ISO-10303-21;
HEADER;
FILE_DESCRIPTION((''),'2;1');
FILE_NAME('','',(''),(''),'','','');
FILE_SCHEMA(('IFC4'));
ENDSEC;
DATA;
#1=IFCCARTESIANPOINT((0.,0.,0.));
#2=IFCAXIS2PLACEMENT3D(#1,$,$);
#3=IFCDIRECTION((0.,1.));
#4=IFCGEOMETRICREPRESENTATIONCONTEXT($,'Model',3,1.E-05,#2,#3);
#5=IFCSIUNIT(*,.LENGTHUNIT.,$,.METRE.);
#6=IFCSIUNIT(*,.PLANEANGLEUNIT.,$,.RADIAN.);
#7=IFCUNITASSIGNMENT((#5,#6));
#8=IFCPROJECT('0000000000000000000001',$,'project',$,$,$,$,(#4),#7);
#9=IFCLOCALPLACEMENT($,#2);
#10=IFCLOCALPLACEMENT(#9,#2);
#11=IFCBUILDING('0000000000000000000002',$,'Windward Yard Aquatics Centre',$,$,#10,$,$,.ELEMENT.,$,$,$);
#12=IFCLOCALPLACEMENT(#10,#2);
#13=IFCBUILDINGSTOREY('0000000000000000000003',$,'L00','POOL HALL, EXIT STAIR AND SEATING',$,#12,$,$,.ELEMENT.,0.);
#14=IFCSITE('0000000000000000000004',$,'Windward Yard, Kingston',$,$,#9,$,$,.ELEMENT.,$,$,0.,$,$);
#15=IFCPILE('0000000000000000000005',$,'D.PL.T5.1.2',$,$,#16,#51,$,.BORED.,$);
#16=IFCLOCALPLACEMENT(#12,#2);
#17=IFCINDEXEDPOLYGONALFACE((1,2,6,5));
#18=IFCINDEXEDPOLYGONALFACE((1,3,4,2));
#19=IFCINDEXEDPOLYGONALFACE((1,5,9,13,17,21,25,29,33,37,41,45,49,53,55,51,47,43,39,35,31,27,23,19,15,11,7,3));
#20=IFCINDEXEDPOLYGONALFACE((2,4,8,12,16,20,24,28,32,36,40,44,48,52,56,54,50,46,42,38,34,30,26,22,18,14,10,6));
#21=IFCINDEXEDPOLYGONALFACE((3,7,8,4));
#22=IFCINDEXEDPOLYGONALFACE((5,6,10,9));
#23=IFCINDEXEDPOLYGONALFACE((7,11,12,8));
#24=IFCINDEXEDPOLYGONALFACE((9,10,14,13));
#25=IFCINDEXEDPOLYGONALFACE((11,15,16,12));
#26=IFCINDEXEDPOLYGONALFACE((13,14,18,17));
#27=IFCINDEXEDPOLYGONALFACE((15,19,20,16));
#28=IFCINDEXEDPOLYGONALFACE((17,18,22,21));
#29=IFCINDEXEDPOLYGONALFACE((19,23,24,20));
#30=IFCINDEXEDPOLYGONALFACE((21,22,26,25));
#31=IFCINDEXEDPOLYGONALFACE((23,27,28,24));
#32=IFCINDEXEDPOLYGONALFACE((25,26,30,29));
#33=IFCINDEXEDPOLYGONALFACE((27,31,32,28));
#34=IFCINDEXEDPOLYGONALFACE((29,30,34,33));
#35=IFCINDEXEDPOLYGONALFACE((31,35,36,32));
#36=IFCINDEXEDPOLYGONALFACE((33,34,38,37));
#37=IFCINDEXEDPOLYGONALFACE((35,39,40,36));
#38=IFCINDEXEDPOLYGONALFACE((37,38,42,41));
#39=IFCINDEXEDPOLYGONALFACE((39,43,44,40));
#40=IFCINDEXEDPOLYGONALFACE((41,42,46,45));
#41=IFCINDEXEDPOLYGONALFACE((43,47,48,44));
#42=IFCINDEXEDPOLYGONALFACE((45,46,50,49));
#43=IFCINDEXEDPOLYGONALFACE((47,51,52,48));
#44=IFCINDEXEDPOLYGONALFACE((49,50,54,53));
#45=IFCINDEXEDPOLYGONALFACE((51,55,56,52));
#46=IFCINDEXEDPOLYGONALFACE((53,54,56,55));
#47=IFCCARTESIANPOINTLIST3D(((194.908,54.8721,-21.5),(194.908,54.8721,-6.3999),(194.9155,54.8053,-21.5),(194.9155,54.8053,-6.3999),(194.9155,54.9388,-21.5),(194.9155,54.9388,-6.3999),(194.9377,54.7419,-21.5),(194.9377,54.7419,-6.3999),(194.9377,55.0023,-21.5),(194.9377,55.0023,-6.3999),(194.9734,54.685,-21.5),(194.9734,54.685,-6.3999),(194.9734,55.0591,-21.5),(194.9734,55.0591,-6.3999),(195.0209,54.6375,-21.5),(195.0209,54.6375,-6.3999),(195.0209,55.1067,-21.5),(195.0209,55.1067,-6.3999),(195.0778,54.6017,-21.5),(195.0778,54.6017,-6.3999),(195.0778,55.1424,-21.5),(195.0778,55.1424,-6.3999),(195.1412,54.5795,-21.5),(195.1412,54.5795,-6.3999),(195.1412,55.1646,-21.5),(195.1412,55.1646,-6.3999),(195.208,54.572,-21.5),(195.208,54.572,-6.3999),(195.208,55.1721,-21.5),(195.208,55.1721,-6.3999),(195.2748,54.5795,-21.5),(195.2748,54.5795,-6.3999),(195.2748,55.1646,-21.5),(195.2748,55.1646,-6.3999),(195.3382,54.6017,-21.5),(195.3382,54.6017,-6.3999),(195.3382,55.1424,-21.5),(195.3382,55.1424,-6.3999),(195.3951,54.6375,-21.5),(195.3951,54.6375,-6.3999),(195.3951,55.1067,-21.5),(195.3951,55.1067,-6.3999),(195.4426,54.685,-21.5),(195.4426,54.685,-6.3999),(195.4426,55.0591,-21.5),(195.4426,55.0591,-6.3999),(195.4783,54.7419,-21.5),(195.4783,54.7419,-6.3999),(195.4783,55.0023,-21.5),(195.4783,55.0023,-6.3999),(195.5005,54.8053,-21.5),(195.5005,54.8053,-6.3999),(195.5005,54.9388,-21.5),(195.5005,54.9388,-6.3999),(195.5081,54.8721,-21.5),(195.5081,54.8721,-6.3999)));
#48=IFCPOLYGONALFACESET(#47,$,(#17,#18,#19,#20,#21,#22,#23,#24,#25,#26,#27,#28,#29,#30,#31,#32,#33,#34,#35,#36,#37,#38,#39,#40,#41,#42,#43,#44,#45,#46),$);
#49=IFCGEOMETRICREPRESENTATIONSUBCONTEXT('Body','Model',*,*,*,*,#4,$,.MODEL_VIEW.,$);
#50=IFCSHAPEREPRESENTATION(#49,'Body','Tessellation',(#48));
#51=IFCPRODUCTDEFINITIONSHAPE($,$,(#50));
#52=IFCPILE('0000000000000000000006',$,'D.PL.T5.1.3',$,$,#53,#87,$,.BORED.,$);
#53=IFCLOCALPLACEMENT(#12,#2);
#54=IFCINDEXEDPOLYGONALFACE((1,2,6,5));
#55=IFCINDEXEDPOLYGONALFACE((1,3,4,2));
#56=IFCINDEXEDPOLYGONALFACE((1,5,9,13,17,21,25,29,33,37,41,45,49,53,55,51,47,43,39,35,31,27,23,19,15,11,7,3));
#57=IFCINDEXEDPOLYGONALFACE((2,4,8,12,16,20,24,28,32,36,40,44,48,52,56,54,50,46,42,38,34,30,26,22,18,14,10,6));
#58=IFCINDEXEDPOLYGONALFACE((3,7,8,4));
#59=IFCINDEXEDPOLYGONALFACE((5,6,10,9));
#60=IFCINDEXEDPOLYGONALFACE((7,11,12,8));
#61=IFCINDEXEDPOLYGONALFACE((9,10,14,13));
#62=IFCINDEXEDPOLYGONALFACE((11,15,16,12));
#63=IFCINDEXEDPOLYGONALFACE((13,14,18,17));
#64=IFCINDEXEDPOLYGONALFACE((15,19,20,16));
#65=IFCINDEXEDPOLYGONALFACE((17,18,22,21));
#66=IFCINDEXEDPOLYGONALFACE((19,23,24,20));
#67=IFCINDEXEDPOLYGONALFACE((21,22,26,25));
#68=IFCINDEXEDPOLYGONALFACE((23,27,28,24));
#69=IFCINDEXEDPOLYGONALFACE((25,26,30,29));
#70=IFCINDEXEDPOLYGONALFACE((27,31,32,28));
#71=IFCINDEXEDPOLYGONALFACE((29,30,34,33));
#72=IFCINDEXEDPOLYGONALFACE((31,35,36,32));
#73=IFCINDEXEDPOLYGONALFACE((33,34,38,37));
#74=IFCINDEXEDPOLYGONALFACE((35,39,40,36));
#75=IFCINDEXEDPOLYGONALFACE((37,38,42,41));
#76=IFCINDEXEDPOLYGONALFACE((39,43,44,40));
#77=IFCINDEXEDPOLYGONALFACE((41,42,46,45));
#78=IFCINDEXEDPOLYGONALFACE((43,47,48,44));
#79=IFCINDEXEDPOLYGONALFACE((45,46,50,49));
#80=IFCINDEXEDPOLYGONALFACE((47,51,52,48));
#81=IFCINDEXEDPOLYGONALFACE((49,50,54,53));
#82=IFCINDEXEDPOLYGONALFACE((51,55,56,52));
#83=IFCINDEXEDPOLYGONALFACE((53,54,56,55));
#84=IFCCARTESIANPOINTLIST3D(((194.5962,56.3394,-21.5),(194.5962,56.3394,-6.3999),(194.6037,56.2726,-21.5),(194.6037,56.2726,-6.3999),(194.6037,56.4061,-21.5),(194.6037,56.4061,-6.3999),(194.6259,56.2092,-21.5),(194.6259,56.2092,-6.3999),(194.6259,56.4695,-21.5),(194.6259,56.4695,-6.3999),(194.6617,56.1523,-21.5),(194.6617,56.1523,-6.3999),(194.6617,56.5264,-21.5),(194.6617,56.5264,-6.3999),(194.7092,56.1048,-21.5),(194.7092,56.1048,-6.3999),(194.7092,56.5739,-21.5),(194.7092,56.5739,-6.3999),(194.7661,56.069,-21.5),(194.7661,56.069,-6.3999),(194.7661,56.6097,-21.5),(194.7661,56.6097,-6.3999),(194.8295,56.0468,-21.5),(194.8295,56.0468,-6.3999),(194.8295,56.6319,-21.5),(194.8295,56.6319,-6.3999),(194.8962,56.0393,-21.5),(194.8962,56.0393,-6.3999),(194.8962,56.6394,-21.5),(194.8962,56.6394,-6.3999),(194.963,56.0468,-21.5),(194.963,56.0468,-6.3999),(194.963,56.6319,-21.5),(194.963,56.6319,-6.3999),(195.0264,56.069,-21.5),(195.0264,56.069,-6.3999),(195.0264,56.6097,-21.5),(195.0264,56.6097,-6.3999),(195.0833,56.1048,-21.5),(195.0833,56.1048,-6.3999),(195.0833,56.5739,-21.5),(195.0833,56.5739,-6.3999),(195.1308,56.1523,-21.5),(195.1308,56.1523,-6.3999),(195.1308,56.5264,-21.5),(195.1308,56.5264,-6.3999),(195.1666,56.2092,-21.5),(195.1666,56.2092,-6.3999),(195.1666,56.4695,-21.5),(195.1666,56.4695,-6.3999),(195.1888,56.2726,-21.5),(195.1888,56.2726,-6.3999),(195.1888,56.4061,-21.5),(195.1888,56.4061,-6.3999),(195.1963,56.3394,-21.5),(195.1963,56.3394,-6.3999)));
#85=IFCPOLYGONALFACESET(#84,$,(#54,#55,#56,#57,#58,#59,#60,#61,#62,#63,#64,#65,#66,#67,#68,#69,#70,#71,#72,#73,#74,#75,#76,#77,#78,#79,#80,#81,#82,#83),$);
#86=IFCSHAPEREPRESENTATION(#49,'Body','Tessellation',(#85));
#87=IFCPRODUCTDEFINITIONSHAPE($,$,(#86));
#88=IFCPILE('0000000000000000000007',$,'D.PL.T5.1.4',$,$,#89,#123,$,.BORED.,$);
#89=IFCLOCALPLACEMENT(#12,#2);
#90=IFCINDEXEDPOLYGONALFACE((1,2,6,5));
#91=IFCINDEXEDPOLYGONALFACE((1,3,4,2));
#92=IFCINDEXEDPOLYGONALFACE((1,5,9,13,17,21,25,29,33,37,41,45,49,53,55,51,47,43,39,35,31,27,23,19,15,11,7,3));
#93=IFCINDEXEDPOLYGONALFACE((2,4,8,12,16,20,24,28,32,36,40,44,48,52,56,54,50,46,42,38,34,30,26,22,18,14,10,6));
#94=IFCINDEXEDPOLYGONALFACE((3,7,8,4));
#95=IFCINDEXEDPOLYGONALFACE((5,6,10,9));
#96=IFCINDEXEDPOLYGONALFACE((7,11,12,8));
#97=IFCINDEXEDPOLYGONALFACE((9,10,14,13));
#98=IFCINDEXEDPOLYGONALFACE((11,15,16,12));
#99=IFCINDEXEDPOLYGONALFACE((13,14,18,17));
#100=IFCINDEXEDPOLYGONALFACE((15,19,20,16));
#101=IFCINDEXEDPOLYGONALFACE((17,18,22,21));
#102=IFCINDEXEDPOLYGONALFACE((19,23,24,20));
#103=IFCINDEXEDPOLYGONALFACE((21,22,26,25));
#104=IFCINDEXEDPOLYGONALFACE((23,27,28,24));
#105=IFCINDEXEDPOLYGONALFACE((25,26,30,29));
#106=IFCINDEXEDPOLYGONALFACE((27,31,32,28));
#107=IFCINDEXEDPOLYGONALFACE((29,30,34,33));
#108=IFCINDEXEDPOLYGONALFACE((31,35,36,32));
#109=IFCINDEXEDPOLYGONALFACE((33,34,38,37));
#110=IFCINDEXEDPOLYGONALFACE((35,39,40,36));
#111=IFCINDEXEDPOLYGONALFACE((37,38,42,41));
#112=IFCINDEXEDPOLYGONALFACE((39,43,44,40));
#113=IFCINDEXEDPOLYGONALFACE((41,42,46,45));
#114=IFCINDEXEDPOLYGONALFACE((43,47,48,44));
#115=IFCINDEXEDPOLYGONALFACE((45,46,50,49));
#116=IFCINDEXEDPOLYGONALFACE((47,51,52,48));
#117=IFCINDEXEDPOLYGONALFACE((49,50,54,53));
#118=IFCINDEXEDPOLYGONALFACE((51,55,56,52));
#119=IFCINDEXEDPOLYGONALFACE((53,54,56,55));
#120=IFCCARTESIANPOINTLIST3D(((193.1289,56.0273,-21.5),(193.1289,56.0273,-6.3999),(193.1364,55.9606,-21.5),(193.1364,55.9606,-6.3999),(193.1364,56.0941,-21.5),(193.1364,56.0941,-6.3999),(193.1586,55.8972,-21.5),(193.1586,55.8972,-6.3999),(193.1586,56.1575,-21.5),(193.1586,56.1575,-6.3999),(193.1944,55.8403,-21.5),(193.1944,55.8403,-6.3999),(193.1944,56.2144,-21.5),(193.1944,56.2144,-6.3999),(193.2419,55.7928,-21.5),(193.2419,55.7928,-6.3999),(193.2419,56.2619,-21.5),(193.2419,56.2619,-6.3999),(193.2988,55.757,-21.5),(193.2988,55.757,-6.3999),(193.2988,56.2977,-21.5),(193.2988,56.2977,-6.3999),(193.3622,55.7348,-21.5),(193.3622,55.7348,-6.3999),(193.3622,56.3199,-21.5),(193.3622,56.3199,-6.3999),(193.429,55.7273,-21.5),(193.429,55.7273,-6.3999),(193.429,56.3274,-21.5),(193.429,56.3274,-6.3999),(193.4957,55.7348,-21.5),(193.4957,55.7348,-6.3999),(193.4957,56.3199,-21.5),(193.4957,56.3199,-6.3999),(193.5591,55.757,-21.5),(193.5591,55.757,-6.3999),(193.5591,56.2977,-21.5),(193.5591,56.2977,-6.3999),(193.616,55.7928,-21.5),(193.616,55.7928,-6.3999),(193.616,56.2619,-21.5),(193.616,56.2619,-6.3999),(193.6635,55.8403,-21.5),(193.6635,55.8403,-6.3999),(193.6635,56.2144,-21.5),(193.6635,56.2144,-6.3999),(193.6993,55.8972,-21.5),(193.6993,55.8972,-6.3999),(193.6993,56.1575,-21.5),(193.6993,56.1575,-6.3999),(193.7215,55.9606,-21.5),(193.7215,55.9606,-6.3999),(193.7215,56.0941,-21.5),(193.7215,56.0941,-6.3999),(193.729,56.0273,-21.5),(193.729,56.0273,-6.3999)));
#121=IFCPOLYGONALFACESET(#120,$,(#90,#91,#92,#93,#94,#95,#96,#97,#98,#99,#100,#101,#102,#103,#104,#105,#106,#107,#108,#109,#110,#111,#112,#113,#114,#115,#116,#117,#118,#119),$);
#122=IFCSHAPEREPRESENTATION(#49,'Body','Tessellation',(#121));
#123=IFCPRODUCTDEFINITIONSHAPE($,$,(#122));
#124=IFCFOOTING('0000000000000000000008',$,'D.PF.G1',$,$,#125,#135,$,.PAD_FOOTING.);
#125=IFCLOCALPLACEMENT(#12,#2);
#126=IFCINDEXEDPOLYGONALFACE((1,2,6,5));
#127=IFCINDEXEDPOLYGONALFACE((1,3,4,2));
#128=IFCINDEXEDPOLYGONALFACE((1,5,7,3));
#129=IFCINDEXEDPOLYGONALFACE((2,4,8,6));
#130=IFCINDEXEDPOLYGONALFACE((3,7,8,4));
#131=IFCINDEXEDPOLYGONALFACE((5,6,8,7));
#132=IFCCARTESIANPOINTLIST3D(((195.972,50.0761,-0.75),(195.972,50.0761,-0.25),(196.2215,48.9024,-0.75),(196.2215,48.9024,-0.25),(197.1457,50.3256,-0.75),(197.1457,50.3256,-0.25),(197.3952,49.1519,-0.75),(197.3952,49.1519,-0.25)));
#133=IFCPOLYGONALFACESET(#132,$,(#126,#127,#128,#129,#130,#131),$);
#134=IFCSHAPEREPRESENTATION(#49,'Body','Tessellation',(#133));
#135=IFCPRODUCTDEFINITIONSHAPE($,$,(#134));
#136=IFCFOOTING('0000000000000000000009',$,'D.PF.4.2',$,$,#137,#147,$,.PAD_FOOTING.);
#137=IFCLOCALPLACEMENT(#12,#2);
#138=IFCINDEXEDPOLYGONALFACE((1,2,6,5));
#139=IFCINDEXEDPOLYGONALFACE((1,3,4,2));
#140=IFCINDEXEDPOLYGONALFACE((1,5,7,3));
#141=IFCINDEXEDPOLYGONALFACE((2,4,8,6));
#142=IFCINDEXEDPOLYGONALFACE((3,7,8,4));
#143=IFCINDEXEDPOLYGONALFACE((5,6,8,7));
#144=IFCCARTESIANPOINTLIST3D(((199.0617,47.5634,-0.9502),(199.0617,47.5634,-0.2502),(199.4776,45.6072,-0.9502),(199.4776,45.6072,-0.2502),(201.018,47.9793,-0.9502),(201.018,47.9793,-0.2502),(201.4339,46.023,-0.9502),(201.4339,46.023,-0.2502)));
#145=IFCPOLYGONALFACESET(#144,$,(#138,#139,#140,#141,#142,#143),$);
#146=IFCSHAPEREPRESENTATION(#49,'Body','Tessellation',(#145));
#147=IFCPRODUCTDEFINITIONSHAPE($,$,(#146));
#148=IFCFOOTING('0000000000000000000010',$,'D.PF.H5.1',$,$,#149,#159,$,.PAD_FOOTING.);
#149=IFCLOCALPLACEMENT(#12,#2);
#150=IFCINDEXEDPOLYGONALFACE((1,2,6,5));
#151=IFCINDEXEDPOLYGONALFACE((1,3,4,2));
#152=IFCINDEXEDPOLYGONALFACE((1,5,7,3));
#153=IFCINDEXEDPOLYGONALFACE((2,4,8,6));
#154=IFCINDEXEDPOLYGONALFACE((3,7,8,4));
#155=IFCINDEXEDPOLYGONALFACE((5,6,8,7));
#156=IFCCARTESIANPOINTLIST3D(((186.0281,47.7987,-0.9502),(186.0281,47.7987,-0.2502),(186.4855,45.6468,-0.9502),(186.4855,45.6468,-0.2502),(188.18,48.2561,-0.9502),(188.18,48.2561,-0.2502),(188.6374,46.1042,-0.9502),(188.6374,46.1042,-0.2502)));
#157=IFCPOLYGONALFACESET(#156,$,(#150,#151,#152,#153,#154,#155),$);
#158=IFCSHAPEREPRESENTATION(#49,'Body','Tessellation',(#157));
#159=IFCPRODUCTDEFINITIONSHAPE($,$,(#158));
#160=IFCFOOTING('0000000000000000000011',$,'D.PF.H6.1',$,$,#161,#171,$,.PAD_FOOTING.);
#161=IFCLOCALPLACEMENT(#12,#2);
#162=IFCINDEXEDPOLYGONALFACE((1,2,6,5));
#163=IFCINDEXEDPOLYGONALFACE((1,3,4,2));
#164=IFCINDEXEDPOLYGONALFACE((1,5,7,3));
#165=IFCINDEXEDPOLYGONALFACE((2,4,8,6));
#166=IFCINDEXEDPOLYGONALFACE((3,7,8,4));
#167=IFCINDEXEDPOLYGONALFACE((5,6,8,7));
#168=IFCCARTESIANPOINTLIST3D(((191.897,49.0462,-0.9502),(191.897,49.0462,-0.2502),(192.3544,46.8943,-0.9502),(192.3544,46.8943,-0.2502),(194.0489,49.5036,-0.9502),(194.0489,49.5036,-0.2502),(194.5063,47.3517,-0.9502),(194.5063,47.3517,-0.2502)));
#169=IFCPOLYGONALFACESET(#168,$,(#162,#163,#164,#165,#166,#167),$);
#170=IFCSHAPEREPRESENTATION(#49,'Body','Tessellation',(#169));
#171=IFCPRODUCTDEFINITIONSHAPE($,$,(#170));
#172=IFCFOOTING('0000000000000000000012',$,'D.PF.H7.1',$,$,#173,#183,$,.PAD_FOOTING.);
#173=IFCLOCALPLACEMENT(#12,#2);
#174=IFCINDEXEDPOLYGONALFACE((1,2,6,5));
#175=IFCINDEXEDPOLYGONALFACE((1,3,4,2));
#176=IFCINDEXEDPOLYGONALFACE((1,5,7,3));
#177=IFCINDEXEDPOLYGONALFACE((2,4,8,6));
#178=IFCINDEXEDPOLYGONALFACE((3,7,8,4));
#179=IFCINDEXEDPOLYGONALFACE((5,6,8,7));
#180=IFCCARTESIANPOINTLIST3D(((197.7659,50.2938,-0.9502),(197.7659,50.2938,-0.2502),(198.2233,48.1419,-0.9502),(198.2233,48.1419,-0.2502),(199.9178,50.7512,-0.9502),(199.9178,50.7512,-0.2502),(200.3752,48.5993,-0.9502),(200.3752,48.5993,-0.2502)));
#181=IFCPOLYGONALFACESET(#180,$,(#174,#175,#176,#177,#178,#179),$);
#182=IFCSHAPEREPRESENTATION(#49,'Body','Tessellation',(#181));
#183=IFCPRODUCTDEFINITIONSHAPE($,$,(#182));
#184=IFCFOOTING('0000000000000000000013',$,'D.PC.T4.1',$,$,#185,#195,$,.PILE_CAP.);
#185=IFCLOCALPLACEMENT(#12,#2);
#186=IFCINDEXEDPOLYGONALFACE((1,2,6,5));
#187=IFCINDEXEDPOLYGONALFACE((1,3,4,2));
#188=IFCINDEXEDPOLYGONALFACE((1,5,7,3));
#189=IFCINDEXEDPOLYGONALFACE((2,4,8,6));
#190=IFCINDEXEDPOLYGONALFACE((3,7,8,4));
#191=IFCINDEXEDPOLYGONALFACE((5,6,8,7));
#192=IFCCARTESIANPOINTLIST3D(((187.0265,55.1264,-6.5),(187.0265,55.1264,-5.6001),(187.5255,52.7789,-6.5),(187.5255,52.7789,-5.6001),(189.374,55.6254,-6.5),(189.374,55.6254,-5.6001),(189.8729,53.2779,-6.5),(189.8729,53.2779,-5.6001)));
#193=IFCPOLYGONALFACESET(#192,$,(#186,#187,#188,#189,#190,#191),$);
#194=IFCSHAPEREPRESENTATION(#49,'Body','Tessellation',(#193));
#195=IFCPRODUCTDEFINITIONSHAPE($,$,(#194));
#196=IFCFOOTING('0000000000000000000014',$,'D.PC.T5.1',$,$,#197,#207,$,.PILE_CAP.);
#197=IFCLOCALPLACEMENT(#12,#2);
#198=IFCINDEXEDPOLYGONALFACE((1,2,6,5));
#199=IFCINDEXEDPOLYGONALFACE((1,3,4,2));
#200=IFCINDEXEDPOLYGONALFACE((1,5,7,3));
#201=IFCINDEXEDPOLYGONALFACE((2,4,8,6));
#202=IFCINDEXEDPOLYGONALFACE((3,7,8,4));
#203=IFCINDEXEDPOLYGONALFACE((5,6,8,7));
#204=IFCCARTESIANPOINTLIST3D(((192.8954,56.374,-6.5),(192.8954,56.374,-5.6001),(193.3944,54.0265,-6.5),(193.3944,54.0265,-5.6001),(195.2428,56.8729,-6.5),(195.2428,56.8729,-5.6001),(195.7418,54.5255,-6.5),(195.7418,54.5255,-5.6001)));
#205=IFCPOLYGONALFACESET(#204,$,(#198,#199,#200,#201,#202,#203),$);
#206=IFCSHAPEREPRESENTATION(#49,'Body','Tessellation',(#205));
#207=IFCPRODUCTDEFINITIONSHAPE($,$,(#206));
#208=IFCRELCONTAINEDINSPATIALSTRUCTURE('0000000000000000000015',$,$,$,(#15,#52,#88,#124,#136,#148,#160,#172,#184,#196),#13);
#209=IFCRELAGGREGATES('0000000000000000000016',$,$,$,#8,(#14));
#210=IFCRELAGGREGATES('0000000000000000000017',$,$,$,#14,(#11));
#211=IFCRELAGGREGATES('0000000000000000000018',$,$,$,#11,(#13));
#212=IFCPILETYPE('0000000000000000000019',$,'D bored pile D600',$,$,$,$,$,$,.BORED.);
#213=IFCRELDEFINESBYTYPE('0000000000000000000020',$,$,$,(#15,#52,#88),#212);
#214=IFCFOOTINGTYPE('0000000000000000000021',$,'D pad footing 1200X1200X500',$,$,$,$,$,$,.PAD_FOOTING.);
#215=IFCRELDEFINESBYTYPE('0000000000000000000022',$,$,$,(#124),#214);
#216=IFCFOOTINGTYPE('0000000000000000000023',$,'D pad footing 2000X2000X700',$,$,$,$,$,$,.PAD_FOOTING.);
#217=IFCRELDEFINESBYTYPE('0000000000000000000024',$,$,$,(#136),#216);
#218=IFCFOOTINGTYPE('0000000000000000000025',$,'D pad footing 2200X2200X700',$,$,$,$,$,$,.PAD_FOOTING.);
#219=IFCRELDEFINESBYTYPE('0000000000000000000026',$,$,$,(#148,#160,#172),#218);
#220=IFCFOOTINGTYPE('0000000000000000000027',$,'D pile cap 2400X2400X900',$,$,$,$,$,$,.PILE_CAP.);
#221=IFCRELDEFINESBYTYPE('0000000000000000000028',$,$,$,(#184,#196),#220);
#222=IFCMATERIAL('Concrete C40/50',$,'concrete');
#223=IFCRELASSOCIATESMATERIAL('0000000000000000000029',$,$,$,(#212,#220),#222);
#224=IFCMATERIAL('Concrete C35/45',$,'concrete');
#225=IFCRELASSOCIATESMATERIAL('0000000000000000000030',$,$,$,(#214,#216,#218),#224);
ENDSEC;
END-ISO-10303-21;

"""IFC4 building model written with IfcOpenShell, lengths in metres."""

from ifc_helpers import new_model, si_unit, direction, frame, origin, origin_2d, place, context, subcontext, project, spatial, rectangle, circle, extrude, material, material_profile, profile_set, type_object, element, save


model = new_model("IFC4")

# Units and contexts
model_context = context("Model", 3, precision=1e-05, world=origin(), true_north=direction((0.0, 1.0)))
body_context = subcontext(model_context, "Body", "Model", "MODEL_VIEW")
ifc_project = project(units=[si_unit("LENGTHUNIT", "METRE"), si_unit("PLANEANGLEUNIT", "RADIAN")], contexts=[model_context])

# Site, building, storey
site_placement = place(None, origin())
site = spatial("IfcSite", under=ifc_project, at=site_placement, Name="Windward Yard, Kingston", CompositionType="ELEMENT", RefElevation=0.0)
building_placement = place(site_placement, origin())
building = spatial("IfcBuilding", under=site, at=building_placement, Name="Windward Yard Aquatics Centre", CompositionType="ELEMENT")
storey_placement = place(building_placement, origin())
storey = spatial("IfcBuildingStorey", under=building, at=storey_placement, Name="L00", Description="POOL HALL, EXIT STAIR AND SEATING", CompositionType="ELEMENT", Elevation=0.0)

# Piles
ifc_material_1 = material(Name="Concrete C40/50", Category="concrete")
ifc_material_profile_1 = material_profile(ifc_material_1, circle(Radius=0.3, at=origin_2d()), Name="RC D600")
ifc_profile_set_1 = profile_set([ifc_material_profile_1], Name="Concrete C40/50")
pile_type = type_object("IfcPileType", Name="D bored pile D600", PredefinedType="BORED", material=ifc_profile_set_1)
for number, where, z_axis, x_axis, name in (
    (1, (195.208, 54.8721, -6.3999), (0.0, 0.0, -1.0), (1.0, 0.0, 0.0), "D.PL.T5.1.2"),
    (2, (194.8962, 56.3394, -6.3999), (0.0, 0.0, -1.0), (1.0, 0.0, 0.0), "D.PL.T5.1.3"),
    (3, (193.429, 56.0273, -6.3999), (0.0, 0.0, -1.0), (1.0, 0.0, 0.0), "D.PL.T5.1.4"),
):
    element("IfcPile", number, at=place(storey_placement, frame(where, z_axis=z_axis, x_axis=x_axis)), inside=storey, type_object=pile_type, Name=name, PredefinedType="BORED", context=body_context, shape_type="SweptSolid", body=[
        extrude(circle(Radius=0.3, at=origin_2d()), origin(), (0.0, 0.0, 1.0), 15.1001),
    ])

# Footings
ifc_material_2 = material(Name="Concrete C35/45", Category="concrete")
footing_type_1 = type_object("IfcFootingType", Name="D pad footing 1200X1200X500", PredefinedType="PAD_FOOTING", material=ifc_material_2)
footing_1_placement = place(storey_placement, frame((196.6836, 49.614, -0.75), z_axis=(0.0, 0.0, 1.0), x_axis=(0.978148, 0.207912, 0.0)))
element("IfcFooting", 4, at=footing_1_placement, inside=storey, type_object=footing_type_1, Name="D.PF.G1", PredefinedType="PAD_FOOTING", context=body_context, shape_type="SweptSolid", body=[
    extrude(rectangle(XDim=1.2, YDim=1.2, at=origin_2d()), origin(), (0.0, 0.0, 1.0), 0.5),
])
footing_type_2 = type_object("IfcFootingType", Name="D pad footing 2000X2000X700", PredefinedType="PAD_FOOTING", material=ifc_material_2)
footing_2_placement = place(storey_placement, frame((200.2478, 46.7932, -0.9502), z_axis=(0.0, 0.0, 1.0), x_axis=(0.978148, 0.207912, 0.0)))
element("IfcFooting", 5, at=footing_2_placement, inside=storey, type_object=footing_type_2, Name="D.PF.4.2", PredefinedType="PAD_FOOTING", context=body_context, shape_type="SweptSolid", body=[
    extrude(rectangle(XDim=2.0, YDim=2.0, at=origin_2d()), origin(), (0.0, 0.0, 1.0), 0.7),
])
footing_type_3 = type_object("IfcFootingType", Name="D pad footing 2200X2200X700", PredefinedType="PAD_FOOTING", material=ifc_material_2)
for number, where, z_axis, x_axis, name in (
    (6, (187.3328, 46.9514, -0.9502), (0.0, 0.0, 1.0), (0.978148, 0.207912, 0.0), "D.PF.H5.1"),
    (7, (193.2017, 48.199, -0.9502), (0.0, 0.0, 1.0), (0.978148, 0.207912, 0.0), "D.PF.H6.1"),
    (8, (199.0706, 49.4465, -0.9502), (0.0, 0.0, 1.0), (0.978148, 0.207912, 0.0), "D.PF.H7.1"),
):
    element("IfcFooting", number, at=place(storey_placement, frame(where, z_axis=z_axis, x_axis=x_axis)), inside=storey, type_object=footing_type_3, Name=name, PredefinedType="PAD_FOOTING", context=body_context, shape_type="SweptSolid", body=[
        extrude(rectangle(XDim=2.2, YDim=2.2, at=origin_2d()), origin(), (0.0, 0.0, 1.0), 0.7),
    ])
footing_type_4 = type_object("IfcFootingType", Name="D pile cap 2400X2400X900", PredefinedType="PILE_CAP", material=ifc_material_1)
for number, where, z_axis, x_axis, name in (
    (9, (188.4497, 54.2021, -6.5), (0.0, 0.0, 1.0), (0.978148, 0.207912, 0.0), "D.PC.T4.1"),
    (10, (194.3186, 55.4497, -6.5), (0.0, 0.0, 1.0), (0.978148, 0.207912, 0.0), "D.PC.T5.1"),
):
    element("IfcFooting", number, at=place(storey_placement, frame(where, z_axis=z_axis, x_axis=x_axis)), inside=storey, type_object=footing_type_4, Name=name, PredefinedType="PILE_CAP", context=body_context, shape_type="SweptSolid", body=[
        extrude(rectangle(XDim=2.3999, YDim=2.3999, at=origin_2d()), origin(), (0.0, 0.0, 1.0), 0.8999),
    ])

save(model, "model.ifc")
